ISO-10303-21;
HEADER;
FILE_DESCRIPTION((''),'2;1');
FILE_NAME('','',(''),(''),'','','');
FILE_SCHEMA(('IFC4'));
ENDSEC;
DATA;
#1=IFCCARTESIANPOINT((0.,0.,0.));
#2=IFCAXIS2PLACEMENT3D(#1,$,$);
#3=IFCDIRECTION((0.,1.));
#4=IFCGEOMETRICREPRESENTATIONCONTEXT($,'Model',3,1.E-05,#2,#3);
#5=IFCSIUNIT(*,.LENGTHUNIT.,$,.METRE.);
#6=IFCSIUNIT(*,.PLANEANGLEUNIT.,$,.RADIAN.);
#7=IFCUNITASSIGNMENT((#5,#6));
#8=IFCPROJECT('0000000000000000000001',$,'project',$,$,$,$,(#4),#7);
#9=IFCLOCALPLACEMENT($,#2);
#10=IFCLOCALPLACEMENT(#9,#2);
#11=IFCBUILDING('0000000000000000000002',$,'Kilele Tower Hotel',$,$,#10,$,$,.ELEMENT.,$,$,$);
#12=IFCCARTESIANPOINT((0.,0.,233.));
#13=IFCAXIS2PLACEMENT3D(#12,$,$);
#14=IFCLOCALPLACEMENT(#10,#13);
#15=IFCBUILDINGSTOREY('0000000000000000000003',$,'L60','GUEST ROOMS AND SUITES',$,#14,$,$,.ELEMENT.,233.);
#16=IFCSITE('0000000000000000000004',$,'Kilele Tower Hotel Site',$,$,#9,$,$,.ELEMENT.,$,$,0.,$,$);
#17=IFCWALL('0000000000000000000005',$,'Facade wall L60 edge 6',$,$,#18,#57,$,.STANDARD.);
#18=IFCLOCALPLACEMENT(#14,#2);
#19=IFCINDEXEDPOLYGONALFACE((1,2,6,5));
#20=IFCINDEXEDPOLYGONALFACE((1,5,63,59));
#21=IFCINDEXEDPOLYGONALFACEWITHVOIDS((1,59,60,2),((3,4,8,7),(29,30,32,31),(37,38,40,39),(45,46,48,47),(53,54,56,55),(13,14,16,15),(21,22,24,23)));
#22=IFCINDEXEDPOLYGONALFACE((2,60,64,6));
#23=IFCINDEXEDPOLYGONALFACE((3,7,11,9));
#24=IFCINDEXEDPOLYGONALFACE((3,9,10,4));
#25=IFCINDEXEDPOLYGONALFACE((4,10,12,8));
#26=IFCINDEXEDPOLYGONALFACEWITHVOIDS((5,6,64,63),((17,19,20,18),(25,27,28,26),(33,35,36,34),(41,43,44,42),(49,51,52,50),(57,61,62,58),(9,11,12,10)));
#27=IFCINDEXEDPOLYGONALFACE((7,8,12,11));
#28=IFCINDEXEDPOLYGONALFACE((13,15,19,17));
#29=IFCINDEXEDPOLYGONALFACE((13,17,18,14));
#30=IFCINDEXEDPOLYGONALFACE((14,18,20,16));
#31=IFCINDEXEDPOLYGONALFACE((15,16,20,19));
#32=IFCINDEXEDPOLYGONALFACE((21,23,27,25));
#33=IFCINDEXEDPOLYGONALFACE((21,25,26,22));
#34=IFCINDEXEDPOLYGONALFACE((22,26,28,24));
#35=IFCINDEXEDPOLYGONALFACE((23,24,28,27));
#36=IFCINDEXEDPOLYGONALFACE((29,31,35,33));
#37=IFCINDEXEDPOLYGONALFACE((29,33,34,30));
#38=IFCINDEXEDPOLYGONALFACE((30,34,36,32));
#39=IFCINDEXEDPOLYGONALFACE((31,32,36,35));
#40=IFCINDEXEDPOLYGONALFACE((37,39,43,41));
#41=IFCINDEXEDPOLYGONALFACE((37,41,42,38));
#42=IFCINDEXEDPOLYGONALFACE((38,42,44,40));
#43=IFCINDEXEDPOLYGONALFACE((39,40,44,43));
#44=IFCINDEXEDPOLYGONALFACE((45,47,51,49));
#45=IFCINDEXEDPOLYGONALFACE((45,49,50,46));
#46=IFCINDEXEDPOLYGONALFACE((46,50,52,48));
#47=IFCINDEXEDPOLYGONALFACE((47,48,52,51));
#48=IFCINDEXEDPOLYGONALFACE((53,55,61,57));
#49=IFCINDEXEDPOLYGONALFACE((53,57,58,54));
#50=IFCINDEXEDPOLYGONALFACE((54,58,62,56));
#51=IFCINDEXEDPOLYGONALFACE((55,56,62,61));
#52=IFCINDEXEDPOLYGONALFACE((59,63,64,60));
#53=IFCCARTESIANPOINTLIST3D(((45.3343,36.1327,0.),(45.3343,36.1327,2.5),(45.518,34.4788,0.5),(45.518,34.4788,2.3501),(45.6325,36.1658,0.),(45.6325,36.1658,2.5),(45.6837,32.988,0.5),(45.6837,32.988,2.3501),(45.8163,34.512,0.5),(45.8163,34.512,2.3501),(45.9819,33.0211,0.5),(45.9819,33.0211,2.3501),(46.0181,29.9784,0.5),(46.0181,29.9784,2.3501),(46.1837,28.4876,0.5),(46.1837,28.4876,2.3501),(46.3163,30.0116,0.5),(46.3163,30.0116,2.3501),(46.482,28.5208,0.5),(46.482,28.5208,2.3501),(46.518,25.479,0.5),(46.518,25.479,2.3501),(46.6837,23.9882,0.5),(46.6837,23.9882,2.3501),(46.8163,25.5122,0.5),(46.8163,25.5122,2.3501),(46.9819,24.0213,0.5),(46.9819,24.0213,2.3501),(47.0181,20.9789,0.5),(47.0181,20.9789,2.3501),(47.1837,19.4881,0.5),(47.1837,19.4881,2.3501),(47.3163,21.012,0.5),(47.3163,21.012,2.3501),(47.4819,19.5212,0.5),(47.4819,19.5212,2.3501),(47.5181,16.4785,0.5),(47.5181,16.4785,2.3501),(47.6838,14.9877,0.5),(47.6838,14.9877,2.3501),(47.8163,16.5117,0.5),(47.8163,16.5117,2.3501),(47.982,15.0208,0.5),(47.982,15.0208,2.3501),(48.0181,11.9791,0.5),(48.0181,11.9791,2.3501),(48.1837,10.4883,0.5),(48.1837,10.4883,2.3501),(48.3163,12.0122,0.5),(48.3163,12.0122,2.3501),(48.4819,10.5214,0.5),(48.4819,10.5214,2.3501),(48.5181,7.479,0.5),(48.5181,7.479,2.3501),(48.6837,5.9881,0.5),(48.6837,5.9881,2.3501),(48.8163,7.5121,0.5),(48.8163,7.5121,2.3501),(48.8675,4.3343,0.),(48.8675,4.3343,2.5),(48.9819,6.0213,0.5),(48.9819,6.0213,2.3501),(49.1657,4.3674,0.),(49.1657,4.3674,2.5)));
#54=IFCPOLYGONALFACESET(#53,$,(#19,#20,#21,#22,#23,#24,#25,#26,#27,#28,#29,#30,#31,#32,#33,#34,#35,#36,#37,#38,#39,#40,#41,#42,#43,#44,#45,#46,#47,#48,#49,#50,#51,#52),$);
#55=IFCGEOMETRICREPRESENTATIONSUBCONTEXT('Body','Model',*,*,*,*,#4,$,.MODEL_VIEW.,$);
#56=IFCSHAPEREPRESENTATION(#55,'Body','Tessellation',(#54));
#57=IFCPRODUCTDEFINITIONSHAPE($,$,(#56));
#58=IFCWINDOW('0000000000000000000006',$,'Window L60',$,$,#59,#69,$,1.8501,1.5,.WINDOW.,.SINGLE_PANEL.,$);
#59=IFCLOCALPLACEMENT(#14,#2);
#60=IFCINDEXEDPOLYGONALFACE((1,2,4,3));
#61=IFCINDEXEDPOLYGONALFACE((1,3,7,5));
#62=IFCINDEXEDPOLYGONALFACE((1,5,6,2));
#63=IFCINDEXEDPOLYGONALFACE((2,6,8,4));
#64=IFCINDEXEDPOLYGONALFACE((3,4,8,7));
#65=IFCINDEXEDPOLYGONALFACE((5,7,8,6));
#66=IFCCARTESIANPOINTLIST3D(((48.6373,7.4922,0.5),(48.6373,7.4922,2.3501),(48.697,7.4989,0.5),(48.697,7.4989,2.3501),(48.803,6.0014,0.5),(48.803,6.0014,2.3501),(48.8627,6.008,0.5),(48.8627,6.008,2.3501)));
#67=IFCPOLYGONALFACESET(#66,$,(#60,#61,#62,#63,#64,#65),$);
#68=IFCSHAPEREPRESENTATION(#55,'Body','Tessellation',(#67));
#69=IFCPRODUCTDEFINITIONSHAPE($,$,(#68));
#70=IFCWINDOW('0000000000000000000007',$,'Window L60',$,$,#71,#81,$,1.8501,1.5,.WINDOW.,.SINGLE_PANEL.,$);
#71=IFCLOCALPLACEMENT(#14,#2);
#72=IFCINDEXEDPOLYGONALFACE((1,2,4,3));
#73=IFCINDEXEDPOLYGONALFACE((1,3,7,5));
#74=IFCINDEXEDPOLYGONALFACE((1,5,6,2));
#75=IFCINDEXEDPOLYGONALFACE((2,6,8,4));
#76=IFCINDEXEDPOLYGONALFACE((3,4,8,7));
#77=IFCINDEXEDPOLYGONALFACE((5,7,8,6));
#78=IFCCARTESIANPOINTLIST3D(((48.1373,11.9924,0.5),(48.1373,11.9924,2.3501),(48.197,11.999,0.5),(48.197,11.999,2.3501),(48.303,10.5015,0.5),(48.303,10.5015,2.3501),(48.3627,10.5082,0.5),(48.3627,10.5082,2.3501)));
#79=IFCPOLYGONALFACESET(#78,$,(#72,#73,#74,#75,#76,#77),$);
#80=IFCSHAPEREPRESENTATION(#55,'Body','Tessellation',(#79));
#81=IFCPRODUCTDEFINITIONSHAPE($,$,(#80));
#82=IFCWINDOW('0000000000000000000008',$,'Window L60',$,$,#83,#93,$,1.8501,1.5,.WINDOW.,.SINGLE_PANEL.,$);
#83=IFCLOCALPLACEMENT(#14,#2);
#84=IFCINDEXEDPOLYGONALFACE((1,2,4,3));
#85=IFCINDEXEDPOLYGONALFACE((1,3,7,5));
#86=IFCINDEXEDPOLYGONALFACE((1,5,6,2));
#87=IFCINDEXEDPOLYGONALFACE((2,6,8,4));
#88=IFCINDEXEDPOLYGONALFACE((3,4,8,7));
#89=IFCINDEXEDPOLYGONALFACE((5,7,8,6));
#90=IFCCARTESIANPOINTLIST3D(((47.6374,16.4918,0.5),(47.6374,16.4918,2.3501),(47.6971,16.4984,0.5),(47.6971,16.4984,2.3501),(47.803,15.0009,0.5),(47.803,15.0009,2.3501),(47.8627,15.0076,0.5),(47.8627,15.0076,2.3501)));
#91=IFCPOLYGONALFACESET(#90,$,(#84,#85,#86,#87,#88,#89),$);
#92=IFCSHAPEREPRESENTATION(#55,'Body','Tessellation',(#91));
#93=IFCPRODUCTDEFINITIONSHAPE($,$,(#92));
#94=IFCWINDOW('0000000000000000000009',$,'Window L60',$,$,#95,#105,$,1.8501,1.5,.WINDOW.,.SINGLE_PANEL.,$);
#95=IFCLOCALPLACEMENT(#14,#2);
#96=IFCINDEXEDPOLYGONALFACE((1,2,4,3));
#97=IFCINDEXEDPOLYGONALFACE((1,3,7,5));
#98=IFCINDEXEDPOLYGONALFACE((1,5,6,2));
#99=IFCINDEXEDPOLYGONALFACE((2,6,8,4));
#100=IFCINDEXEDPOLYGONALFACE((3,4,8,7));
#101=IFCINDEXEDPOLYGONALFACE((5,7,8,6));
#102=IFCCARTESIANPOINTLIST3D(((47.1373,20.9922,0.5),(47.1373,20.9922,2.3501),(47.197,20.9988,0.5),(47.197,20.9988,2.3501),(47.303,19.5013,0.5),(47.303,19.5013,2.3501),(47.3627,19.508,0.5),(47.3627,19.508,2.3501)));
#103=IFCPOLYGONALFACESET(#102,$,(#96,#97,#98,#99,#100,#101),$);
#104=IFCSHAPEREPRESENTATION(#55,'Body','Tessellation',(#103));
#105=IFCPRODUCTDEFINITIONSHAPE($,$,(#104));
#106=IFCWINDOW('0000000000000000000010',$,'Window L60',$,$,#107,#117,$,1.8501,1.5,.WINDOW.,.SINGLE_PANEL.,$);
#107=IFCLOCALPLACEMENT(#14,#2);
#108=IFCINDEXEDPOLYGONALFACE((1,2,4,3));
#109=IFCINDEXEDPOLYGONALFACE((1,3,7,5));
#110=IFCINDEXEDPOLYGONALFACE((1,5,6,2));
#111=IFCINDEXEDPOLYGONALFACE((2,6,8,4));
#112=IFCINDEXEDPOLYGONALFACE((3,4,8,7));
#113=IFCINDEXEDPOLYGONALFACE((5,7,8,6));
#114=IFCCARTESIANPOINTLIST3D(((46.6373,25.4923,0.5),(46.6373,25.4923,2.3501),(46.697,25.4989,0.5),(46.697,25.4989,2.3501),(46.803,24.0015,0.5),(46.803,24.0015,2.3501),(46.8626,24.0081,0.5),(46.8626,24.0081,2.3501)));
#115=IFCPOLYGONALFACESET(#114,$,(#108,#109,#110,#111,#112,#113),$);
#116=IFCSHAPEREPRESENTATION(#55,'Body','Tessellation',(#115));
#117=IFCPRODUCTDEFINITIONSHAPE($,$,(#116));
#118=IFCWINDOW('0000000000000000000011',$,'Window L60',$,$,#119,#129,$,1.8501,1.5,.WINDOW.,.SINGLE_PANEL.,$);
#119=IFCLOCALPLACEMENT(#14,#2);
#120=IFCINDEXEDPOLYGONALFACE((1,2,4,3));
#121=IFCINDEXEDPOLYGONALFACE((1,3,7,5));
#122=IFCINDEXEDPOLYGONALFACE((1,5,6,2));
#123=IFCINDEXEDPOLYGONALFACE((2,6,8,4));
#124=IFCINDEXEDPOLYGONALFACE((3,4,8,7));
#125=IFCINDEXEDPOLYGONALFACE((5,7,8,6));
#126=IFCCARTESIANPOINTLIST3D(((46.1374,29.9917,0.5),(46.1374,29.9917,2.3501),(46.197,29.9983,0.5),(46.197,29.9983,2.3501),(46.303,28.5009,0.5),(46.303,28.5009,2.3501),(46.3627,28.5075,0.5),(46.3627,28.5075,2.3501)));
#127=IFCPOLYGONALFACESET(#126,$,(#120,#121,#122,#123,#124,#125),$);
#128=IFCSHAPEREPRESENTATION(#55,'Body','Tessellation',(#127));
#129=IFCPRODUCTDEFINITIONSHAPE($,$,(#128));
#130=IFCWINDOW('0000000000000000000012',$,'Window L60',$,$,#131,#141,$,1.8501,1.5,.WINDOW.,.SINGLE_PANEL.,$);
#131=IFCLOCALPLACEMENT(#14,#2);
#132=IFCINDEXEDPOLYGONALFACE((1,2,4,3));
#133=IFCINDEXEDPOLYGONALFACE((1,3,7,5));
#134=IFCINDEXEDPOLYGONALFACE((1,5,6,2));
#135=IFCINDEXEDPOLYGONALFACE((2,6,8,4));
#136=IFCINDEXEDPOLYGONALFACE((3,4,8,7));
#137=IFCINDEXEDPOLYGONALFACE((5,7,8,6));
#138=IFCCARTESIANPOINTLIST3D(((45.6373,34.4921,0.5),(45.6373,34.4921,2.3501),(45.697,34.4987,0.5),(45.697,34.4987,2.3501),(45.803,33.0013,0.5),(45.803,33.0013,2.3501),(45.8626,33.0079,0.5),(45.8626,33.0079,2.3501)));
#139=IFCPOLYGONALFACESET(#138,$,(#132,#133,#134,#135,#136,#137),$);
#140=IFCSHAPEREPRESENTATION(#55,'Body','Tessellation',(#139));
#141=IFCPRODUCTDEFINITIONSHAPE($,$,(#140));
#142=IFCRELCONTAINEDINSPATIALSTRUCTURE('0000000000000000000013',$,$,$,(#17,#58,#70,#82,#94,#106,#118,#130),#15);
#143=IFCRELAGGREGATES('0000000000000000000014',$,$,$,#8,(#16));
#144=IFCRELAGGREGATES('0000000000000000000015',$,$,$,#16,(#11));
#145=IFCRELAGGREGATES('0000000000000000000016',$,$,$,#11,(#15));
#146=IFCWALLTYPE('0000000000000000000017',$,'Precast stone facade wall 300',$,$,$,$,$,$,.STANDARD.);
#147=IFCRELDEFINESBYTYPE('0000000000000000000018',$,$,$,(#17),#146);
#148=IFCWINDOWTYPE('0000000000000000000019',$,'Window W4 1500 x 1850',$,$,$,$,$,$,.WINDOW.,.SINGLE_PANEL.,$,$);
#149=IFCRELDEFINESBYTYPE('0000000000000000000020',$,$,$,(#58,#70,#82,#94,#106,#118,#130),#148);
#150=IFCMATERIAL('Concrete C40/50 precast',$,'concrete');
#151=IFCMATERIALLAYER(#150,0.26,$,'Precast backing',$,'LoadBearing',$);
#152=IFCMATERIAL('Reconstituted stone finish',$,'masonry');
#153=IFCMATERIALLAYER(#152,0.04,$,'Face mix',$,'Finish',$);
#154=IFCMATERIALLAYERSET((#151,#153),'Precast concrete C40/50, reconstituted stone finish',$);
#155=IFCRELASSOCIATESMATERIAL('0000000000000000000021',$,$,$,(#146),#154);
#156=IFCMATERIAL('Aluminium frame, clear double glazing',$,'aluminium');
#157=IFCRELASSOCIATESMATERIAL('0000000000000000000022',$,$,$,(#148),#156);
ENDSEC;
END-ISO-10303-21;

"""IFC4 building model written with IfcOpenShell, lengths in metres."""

from ifc_helpers import new_model, si_unit, direction, frame, frame_2d, origin, place, context, subcontext, project, spatial, rectangle, extrude, material, layer, layer_set, type_object, element, fill, save


model = new_model("IFC4")

# Units and contexts
model_context = context("Model", 3, precision=1e-05, world=origin(), true_north=direction((0.0, 1.0)))
body_context = subcontext(model_context, "Body", "Model", "MODEL_VIEW")
ifc_project = project(units=[si_unit("LENGTHUNIT", "METRE"), si_unit("PLANEANGLEUNIT", "RADIAN")], contexts=[model_context])

# Site, building, storey
site_placement = place(None, origin())
site = spatial("IfcSite", under=ifc_project, at=site_placement, Name="Kilele Tower Hotel Site", CompositionType="ELEMENT", RefElevation=0.0)
building_placement = place(site_placement, origin())
building = spatial("IfcBuilding", under=site, at=building_placement, Name="Kilele Tower Hotel", CompositionType="ELEMENT")
storey_placement = place(building_placement, frame((0.0, 0.0, 233.0)))
storey = spatial("IfcBuildingStorey", under=building, at=storey_placement, Name="L60", Description="GUEST ROOMS AND SUITES", CompositionType="ELEMENT", Elevation=233.0)

# Shared definitions
ifc_material_1 = material(Name="Concrete C40/50 precast", Category="concrete")
ifc_layer_1 = layer(ifc_material_1, 0.26, Name="Precast backing", Category="LoadBearing")
ifc_material_2 = material(Name="Reconstituted stone finish", Category="masonry")
ifc_layer_2 = layer(ifc_material_2, 0.04, Name="Face mix", Category="Finish")
ifc_layer_set_1 = layer_set([ifc_layer_1, ifc_layer_2], Name="Precast concrete C40/50, reconstituted stone finish")
wall_type_1 = type_object("IfcWallType", Name="Precast stone facade wall 300", PredefinedType="STANDARD", material=ifc_layer_set_1)
ifc_material_3 = material(Name="Aluminium frame, clear double glazing", Category="aluminium")
window_type_1 = type_object("IfcWindowType", Name="Window W4 1500 x 1850", PartitioningType="SINGLE_PANEL", PredefinedType="WINDOW", material=ifc_material_3)

# Wall, openings, windows
wall_1_placement = place(storey_placement, frame((49.0166, 4.3508, 0.0), z_axis=(0.0, 0.0, 1.0), x_axis=(-0.110433, 0.993884, 0.0)))
wall_1 = element("IfcWall", 1, at=wall_1_placement, inside=storey, type_object=wall_type_1, Name="Facade wall L60 edge 6", PredefinedType="STANDARD", context=body_context, shape_type="SweptSolid", body=[
    extrude(rectangle(XDim=31.9941, YDim=0.3, at=frame_2d((15.9971, 0.0))), origin(), (0.0, 0.0, 1.0), 2.5),
])
opening_1_placement = place(wall_1_placement, frame((1.6641, 0.0, 0.5)))
opening_1 = element("IfcOpeningElement", 2, at=opening_1_placement, cuts=wall_1, PredefinedType="OPENING", context=body_context, shape_type="SweptSolid", body=[
    extrude(rectangle(XDim=1.5, YDim=1.8501, at=frame_2d((0.75, 0.925))), frame((0.0, 0.1599, 0.0), z_axis=(0.0, -1.0, 0.0), x_axis=(1.0, 0.0, 0.0)), (0.0, 0.0, 1.0), 0.3201),
])
opening_2_placement = place(wall_1_placement, frame((6.1919, 0.0, 0.5)))
opening_2 = element("IfcOpeningElement", 3, at=opening_2_placement, cuts=wall_1, PredefinedType="OPENING", context=body_context, shape_type="SweptSolid", body=[
    extrude(rectangle(XDim=1.5, YDim=1.8501, at=frame_2d((0.75, 0.925))), frame((0.0, 0.1599, 0.0), z_axis=(0.0, -1.0, 0.0), x_axis=(1.0, 0.0, 0.0)), (0.0, 0.0, 1.0), 0.3201),
])
opening_3_placement = place(wall_1_placement, frame((10.719, 0.0, 0.5)))
opening_3 = element("IfcOpeningElement", 4, at=opening_3_placement, cuts=wall_1, PredefinedType="OPENING", context=body_context, shape_type="SweptSolid", body=[
    extrude(rectangle(XDim=1.5, YDim=1.8501, at=frame_2d((0.75, 0.925))), frame((0.0, 0.1599, 0.0), z_axis=(0.0, -1.0, 0.0), x_axis=(1.0, 0.0, 0.0)), (0.0, 0.0, 1.0), 0.3201),
])
opening_4_placement = place(wall_1_placement, frame((15.2471, 0.0, 0.5)))
opening_4 = element("IfcOpeningElement", 5, at=opening_4_placement, cuts=wall_1, PredefinedType="OPENING", context=body_context, shape_type="SweptSolid", body=[
    extrude(rectangle(XDim=1.5, YDim=1.8501, at=frame_2d((0.75, 0.925))), frame((0.0, 0.1599, 0.0), z_axis=(0.0, -1.0, 0.0), x_axis=(1.0, 0.0, 0.0)), (0.0, 0.0, 1.0), 0.3201),
])
opening_5_placement = place(wall_1_placement, frame((19.7749, 0.0, 0.5)))
opening_5 = element("IfcOpeningElement", 6, at=opening_5_placement, cuts=wall_1, PredefinedType="OPENING", context=body_context, shape_type="SweptSolid", body=[
    extrude(rectangle(XDim=1.5, YDim=1.8501, at=frame_2d((0.75, 0.925))), frame((0.0, 0.1599, 0.0), z_axis=(0.0, -1.0, 0.0), x_axis=(1.0, 0.0, 0.0)), (0.0, 0.0, 1.0), 0.3201),
])
opening_6_placement = place(wall_1_placement, frame((24.302, 0.0, 0.5)))
opening_6 = element("IfcOpeningElement", 7, at=opening_6_placement, cuts=wall_1, PredefinedType="OPENING", context=body_context, shape_type="SweptSolid", body=[
    extrude(rectangle(XDim=1.5, YDim=1.8501, at=frame_2d((0.75, 0.925))), frame((0.0, 0.1599, 0.0), z_axis=(0.0, -1.0, 0.0), x_axis=(1.0, 0.0, 0.0)), (0.0, 0.0, 1.0), 0.3201),
])
opening_7_placement = place(wall_1_placement, frame((28.8301, 0.0, 0.5)))
opening_7 = element("IfcOpeningElement", 8, at=opening_7_placement, cuts=wall_1, PredefinedType="OPENING", context=body_context, shape_type="SweptSolid", body=[
    extrude(rectangle(XDim=1.5, YDim=1.8501, at=frame_2d((0.75, 0.925))), frame((0.0, 0.1599, 0.0), z_axis=(0.0, -1.0, 0.0), x_axis=(1.0, 0.0, 0.0)), (0.0, 0.0, 1.0), 0.3201),
])
window_1_placement = place(opening_1_placement, origin())
window_1 = element("IfcWindow", 9, at=window_1_placement, inside=storey, type_object=window_type_1, Name="Window L60", OverallHeight=1.8501, OverallWidth=1.5, PartitioningType="SINGLE_PANEL", PredefinedType="WINDOW", context=body_context, shape_type="SweptSolid", body=[
    extrude(rectangle(XDim=1.5, YDim=1.8501, at=frame_2d((0.75, 0.925))), frame((0.0, 0.03, 0.0), z_axis=(0.0, -1.0, 0.0), x_axis=(1.0, 0.0, 0.0)), (0.0, 0.0, 1.0), 0.0601),
])
fill(opening_1, window_1)
window_2_placement = place(opening_2_placement, origin())
window_2 = element("IfcWindow", 10, at=window_2_placement, inside=storey, type_object=window_type_1, Name="Window L60", OverallHeight=1.8501, OverallWidth=1.5, PartitioningType="SINGLE_PANEL", PredefinedType="WINDOW", context=body_context, shape_type="SweptSolid", body=[
    extrude(rectangle(XDim=1.5, YDim=1.8501, at=frame_2d((0.75, 0.925))), frame((0.0, 0.03, 0.0), z_axis=(0.0, -1.0, 0.0), x_axis=(1.0, 0.0, 0.0)), (0.0, 0.0, 1.0), 0.0601),
])
fill(opening_2, window_2)
window_3_placement = place(opening_3_placement, origin())
window_3 = element("IfcWindow", 11, at=window_3_placement, inside=storey, type_object=window_type_1, Name="Window L60", OverallHeight=1.8501, OverallWidth=1.5, PartitioningType="SINGLE_PANEL", PredefinedType="WINDOW", context=body_context, shape_type="SweptSolid", body=[
    extrude(rectangle(XDim=1.5, YDim=1.8501, at=frame_2d((0.75, 0.925))), frame((0.0, 0.03, 0.0), z_axis=(0.0, -1.0, 0.0), x_axis=(1.0, 0.0, 0.0)), (0.0, 0.0, 1.0), 0.0601),
])
fill(opening_3, window_3)
window_4_placement = place(opening_4_placement, origin())
window_4 = element("IfcWindow", 12, at=window_4_placement, inside=storey, type_object=window_type_1, Name="Window L60", OverallHeight=1.8501, OverallWidth=1.5, PartitioningType="SINGLE_PANEL", PredefinedType="WINDOW", context=body_context, shape_type="SweptSolid", body=[
    extrude(rectangle(XDim=1.5, YDim=1.8501, at=frame_2d((0.75, 0.925))), frame((0.0, 0.03, 0.0), z_axis=(0.0, -1.0, 0.0), x_axis=(1.0, 0.0, 0.0)), (0.0, 0.0, 1.0), 0.0601),
])
fill(opening_4, window_4)
window_5_placement = place(opening_5_placement, origin())
window_5 = element("IfcWindow", 13, at=window_5_placement, inside=storey, type_object=window_type_1, Name="Window L60", OverallHeight=1.8501, OverallWidth=1.5, PartitioningType="SINGLE_PANEL", PredefinedType="WINDOW", context=body_context, shape_type="SweptSolid", body=[
    extrude(rectangle(XDim=1.5, YDim=1.8501, at=frame_2d((0.75, 0.925))), frame((0.0, 0.03, 0.0), z_axis=(0.0, -1.0, 0.0), x_axis=(1.0, 0.0, 0.0)), (0.0, 0.0, 1.0), 0.0601),
])
fill(opening_5, window_5)
window_6_placement = place(opening_6_placement, origin())
window_6 = element("IfcWindow", 14, at=window_6_placement, inside=storey, type_object=window_type_1, Name="Window L60", OverallHeight=1.8501, OverallWidth=1.5, PartitioningType="SINGLE_PANEL", PredefinedType="WINDOW", context=body_context, shape_type="SweptSolid", body=[
    extrude(rectangle(XDim=1.5, YDim=1.8501, at=frame_2d((0.75, 0.925))), frame((0.0, 0.03, 0.0), z_axis=(0.0, -1.0, 0.0), x_axis=(1.0, 0.0, 0.0)), (0.0, 0.0, 1.0), 0.0601),
])
fill(opening_6, window_6)
window_7_placement = place(opening_7_placement, origin())
window_7 = element("IfcWindow", 15, at=window_7_placement, inside=storey, type_object=window_type_1, Name="Window L60", OverallHeight=1.8501, OverallWidth=1.5, PartitioningType="SINGLE_PANEL", PredefinedType="WINDOW", context=body_context, shape_type="SweptSolid", body=[
    extrude(rectangle(XDim=1.5, YDim=1.8501, at=frame_2d((0.75, 0.925))), frame((0.0, 0.03, 0.0), z_axis=(0.0, -1.0, 0.0), x_axis=(1.0, 0.0, 0.0)), (0.0, 0.0, 1.0), 0.0601),
])
fill(opening_7, window_7)

save(model, "model.ifc")
